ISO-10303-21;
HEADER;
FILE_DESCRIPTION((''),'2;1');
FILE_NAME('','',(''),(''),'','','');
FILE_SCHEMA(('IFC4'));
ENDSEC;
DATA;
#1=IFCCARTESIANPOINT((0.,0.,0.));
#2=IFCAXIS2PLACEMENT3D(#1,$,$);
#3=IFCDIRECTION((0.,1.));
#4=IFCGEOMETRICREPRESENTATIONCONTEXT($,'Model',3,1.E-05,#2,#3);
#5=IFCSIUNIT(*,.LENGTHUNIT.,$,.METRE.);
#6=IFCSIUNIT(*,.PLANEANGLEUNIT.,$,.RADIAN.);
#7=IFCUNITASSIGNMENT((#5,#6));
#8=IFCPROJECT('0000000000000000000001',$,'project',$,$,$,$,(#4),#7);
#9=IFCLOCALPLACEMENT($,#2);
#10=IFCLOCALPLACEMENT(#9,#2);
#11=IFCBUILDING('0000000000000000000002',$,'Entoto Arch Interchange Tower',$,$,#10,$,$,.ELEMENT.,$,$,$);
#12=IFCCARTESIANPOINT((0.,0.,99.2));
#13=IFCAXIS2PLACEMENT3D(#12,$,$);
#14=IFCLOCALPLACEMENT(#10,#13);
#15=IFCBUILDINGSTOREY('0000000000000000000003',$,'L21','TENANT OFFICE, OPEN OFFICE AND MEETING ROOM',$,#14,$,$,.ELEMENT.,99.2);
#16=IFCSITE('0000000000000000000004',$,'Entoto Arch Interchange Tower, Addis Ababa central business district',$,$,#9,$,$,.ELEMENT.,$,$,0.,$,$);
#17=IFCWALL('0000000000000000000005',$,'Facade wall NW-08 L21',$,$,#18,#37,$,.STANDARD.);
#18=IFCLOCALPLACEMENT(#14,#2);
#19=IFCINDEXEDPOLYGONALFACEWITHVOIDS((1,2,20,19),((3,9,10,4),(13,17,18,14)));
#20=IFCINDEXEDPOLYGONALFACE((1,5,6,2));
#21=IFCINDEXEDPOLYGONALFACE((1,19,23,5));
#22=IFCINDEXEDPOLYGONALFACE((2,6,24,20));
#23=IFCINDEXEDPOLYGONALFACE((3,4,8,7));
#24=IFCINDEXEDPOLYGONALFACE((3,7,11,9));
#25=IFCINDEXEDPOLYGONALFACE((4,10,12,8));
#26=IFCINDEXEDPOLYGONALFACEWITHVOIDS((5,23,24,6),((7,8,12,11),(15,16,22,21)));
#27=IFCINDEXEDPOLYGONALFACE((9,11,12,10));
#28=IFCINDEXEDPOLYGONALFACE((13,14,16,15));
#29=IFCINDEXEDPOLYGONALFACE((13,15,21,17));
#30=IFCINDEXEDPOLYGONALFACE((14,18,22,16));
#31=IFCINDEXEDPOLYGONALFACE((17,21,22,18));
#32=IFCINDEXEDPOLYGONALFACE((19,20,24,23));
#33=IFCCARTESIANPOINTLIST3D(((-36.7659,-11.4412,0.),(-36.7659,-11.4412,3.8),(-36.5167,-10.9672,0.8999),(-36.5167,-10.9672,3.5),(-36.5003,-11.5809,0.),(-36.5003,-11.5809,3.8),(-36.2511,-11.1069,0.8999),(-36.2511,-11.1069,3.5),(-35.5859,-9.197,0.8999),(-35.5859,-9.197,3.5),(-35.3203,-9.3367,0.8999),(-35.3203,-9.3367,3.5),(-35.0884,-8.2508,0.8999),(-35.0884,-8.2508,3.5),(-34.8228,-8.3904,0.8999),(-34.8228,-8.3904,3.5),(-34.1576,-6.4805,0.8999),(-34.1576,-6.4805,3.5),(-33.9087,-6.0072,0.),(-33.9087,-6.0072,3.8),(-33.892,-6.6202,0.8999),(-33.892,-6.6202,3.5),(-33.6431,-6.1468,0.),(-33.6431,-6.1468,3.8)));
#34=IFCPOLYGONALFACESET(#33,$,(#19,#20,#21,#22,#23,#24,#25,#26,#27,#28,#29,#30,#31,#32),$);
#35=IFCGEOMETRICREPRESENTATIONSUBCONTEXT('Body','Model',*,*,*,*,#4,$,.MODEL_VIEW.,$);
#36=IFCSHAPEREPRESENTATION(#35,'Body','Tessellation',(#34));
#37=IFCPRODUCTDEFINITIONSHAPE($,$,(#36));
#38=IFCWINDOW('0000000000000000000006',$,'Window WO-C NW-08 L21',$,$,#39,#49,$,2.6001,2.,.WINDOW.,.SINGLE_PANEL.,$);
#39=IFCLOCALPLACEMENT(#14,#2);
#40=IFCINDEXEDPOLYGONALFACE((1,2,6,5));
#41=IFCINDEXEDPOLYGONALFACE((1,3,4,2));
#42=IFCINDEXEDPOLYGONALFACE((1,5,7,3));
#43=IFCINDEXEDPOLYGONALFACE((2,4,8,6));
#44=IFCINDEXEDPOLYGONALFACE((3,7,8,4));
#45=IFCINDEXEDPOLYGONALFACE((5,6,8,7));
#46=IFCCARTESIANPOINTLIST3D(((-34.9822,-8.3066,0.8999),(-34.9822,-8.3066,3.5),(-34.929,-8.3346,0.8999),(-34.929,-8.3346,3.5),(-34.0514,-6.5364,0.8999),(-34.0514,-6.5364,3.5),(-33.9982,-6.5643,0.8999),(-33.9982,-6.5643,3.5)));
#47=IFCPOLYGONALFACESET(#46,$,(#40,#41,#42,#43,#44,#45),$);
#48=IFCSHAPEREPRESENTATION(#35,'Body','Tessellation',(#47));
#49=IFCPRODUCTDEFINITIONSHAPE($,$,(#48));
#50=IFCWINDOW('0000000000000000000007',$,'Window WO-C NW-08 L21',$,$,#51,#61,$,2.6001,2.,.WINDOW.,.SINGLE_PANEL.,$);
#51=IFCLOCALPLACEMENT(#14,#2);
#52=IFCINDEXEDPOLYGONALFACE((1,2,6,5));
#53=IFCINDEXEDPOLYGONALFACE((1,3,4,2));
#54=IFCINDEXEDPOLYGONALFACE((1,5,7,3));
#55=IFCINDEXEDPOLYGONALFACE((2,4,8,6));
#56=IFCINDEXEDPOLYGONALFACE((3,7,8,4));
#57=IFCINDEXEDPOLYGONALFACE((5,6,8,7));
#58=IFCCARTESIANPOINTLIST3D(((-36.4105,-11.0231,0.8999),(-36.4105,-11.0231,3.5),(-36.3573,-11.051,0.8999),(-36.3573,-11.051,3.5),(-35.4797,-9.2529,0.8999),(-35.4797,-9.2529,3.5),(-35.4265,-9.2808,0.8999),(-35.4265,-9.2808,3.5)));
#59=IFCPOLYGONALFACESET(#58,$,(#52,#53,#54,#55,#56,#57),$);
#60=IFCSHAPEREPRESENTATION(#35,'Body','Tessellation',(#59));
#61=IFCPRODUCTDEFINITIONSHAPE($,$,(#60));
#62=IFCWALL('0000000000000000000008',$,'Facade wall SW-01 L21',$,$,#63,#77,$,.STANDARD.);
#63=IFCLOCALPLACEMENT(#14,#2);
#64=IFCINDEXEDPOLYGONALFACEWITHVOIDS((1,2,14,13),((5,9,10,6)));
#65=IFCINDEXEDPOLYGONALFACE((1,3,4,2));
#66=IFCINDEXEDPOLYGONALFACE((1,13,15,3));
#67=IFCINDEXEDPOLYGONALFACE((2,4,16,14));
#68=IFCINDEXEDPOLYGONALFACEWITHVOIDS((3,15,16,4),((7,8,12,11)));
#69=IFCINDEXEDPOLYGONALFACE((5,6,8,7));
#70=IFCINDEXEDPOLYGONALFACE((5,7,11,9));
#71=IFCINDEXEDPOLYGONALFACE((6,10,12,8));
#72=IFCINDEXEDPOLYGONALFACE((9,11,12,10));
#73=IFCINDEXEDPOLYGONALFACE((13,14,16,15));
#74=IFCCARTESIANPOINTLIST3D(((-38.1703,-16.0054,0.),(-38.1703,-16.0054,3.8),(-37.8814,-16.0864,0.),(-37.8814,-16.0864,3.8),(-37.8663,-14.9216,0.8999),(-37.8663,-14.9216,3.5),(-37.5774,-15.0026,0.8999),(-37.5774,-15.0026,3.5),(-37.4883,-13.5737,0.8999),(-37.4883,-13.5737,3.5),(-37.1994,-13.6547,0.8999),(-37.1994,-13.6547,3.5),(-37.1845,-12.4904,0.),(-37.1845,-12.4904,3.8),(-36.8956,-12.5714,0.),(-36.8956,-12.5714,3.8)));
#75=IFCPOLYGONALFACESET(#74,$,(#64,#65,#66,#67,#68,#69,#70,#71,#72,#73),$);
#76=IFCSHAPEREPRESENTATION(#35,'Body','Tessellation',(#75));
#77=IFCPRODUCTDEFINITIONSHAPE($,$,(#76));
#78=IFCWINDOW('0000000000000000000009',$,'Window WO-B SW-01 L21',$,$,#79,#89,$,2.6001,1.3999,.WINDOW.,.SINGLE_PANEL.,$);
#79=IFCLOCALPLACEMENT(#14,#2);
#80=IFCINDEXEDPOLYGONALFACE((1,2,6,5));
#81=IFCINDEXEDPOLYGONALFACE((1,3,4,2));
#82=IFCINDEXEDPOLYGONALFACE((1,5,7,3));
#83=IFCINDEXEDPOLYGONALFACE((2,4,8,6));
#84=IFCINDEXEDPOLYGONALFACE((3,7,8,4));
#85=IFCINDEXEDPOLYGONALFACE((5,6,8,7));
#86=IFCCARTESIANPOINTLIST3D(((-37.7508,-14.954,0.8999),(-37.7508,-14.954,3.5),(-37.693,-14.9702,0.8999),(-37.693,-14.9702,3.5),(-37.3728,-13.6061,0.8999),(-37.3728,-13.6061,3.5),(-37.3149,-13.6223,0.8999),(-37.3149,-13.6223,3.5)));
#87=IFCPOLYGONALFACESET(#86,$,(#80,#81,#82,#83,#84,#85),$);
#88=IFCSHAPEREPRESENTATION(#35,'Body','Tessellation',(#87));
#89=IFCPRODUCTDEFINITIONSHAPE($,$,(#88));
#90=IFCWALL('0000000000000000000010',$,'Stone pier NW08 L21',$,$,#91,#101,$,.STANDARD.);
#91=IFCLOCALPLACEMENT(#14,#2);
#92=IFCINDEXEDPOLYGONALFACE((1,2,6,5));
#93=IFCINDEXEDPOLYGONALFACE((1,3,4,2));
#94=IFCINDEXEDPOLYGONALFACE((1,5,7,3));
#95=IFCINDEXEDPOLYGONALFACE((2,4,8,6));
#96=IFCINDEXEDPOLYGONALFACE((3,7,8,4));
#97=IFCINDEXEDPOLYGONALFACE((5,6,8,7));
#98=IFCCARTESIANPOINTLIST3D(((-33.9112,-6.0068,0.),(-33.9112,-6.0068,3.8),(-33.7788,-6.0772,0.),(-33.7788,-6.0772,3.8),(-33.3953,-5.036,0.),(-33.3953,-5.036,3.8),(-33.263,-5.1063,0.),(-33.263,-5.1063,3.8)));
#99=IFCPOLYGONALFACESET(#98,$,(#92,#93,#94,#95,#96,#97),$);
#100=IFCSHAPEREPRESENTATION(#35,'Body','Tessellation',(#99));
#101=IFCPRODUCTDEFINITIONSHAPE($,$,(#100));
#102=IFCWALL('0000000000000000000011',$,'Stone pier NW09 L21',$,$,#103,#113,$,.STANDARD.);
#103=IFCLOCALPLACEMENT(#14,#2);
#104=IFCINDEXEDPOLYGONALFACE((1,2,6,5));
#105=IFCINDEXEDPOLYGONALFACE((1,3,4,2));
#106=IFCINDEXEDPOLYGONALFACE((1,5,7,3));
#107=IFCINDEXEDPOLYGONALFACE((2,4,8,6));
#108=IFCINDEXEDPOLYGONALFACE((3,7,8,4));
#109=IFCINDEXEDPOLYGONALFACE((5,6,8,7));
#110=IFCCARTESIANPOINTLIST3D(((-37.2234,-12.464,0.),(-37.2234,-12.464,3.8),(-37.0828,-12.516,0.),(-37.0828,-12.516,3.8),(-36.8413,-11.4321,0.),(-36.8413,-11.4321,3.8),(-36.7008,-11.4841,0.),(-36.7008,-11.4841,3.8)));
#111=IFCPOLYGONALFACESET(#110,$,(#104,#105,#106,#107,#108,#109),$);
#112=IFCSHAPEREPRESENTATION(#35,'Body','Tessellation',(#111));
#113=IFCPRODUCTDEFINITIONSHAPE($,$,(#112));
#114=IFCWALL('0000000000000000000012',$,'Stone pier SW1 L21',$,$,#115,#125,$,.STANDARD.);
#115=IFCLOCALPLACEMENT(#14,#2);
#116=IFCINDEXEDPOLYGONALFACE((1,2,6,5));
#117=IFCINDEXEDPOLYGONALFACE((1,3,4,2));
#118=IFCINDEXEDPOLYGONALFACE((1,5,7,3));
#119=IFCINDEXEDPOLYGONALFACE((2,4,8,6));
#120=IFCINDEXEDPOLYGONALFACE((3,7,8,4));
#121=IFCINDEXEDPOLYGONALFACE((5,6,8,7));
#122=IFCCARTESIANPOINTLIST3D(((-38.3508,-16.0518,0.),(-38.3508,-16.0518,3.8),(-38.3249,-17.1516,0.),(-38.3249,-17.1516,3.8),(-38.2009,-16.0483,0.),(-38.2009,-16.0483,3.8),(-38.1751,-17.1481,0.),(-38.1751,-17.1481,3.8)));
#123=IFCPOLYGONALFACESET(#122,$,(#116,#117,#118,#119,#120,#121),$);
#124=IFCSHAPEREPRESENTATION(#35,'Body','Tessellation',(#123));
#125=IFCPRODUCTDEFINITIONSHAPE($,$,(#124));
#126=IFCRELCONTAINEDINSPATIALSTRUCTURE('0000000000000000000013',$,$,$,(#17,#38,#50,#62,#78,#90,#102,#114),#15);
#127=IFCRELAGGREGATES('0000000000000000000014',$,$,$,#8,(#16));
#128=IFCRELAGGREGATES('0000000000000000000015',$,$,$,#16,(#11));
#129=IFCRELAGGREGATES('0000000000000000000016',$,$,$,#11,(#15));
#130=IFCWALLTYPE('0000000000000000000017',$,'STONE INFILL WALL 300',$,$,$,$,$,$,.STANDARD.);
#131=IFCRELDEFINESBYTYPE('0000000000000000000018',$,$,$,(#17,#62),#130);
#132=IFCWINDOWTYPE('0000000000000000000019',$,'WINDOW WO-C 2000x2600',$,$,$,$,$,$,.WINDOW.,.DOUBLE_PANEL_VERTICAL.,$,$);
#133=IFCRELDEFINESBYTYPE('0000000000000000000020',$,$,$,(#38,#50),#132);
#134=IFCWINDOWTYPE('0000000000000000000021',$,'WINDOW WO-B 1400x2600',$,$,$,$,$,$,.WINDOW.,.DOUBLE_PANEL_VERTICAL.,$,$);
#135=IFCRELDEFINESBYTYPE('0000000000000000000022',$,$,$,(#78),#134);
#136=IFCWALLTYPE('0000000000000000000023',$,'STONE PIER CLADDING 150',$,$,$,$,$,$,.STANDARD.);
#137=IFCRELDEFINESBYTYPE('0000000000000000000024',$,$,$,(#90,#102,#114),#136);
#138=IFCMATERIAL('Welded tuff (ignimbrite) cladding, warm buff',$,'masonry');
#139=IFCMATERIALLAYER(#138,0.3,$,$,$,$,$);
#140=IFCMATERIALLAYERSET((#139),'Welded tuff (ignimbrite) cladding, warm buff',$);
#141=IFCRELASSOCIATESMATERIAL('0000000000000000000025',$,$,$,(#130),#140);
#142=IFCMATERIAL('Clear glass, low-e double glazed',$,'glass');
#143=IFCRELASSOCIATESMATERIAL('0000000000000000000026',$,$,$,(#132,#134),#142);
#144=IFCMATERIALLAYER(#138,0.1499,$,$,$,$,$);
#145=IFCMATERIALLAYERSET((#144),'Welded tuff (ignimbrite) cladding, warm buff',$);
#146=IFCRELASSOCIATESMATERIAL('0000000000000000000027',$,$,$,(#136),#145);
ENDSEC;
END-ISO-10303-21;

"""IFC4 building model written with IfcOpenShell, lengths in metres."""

from ifc_helpers import new_model, si_unit, direction, frame, frame_2d, origin, place, context, subcontext, project, spatial, rectangle, extrude, material, layer, layer_set, type_object, element, fill, save


model = new_model("IFC4")

# Units and contexts
model_context = context("Model", 3, precision=1e-05, world=origin(), true_north=direction((0.0, 1.0)))
body_context = subcontext(model_context, "Body", "Model", "MODEL_VIEW")
ifc_project = project(units=[si_unit("LENGTHUNIT", "METRE"), si_unit("PLANEANGLEUNIT", "RADIAN")], contexts=[model_context])

# Site, building, storey
site_placement = place(None, origin())
site = spatial("IfcSite", under=ifc_project, at=site_placement, Name="Entoto Arch Interchange Tower, Addis Ababa central business district", CompositionType="ELEMENT", RefElevation=0.0)
building_placement = place(site_placement, origin())
building = spatial("IfcBuilding", under=site, at=building_placement, Name="Entoto Arch Interchange Tower", CompositionType="ELEMENT")
storey_placement = place(building_placement, frame((0.0, 0.0, 99.2)))
storey = spatial("IfcBuildingStorey", under=building, at=storey_placement, Name="L21", Description="TENANT OFFICE, OPEN OFFICE AND MEETING ROOM", CompositionType="ELEMENT", Elevation=99.2)

# Wall, openings, windows
ifc_material_1 = material(Name="Welded tuff (ignimbrite) cladding, warm buff", Category="masonry")
ifc_layer_1 = layer(ifc_material_1, 0.3)
ifc_layer_set_1 = layer_set([ifc_layer_1], Name="Welded tuff (ignimbrite) cladding, warm buff")
wall_type_1 = type_object("IfcWallType", Name="STONE INFILL WALL 300", PredefinedType="STANDARD", material=ifc_layer_set_1)
wall_1_placement = place(storey_placement, frame((-33.7759, -6.0769, 0.0), z_axis=(0.0, 0.0, 1.0), x_axis=(-0.465381, -0.885111, 0.0)))
wall_1 = element("IfcWall", 1, at=wall_1_placement, inside=storey, type_object=wall_type_1, Name="Facade wall NW-08 L21", PredefinedType="STANDARD", context=body_context, shape_type="SweptSolid", body=[
    extrude(rectangle(XDim=6.1394, YDim=0.3, at=frame_2d((3.0698, 0.0))), origin(), (0.0, 0.0, 1.0), 3.8),
])
opening_1_placement = place(wall_1_placement, frame((0.5349, 0.0, 0.8999)))
opening_1 = element("IfcOpeningElement", 2, at=opening_1_placement, cuts=wall_1, PredefinedType="OPENING", context=body_context, shape_type="SweptSolid", body=[
    extrude(rectangle(XDim=2.0, YDim=2.6001, at=frame_2d((1.0, 1.3))), frame((0.0, 0.1602, 0.0), z_axis=(0.0, -1.0, 0.0), x_axis=(1.0, 0.0, 0.0)), (0.0, 0.0, 1.0), 0.3201),
])
opening_2_placement = place(wall_1_placement, frame((3.604, 0.0, 0.8999)))
opening_2 = element("IfcOpeningElement", 3, at=opening_2_placement, cuts=wall_1, PredefinedType="OPENING", context=body_context, shape_type="SweptSolid", body=[
    extrude(rectangle(XDim=2.0, YDim=2.6001, at=frame_2d((1.0, 1.3))), frame((0.0, 0.1602, 0.0), z_axis=(0.0, -1.0, 0.0), x_axis=(1.0, 0.0, 0.0)), (0.0, 0.0, 1.0), 0.3201),
])
ifc_material_2 = material(Name="Clear glass, low-e double glazed", Category="glass")
window_type_1 = type_object("IfcWindowType", Name="WINDOW WO-C 2000x2600", PartitioningType="DOUBLE_PANEL_VERTICAL", PredefinedType="WINDOW", material=ifc_material_2)
window_1_placement = place(opening_1_placement, origin())
window_1 = element("IfcWindow", 4, at=window_1_placement, inside=storey, type_object=window_type_1, Name="Window WO-C NW-08 L21", OverallHeight=2.6001, OverallWidth=2.0, PartitioningType="SINGLE_PANEL", PredefinedType="WINDOW", context=body_context, shape_type="SweptSolid", body=[
    extrude(rectangle(XDim=2.0, YDim=2.6001, at=frame_2d((1.0, 1.3))), frame((0.0, 0.03, 0.0), z_axis=(0.0, -1.0, 0.0), x_axis=(1.0, 0.0, 0.0)), (0.0, 0.0, 1.0), 0.0601),
])
fill(opening_1, window_1)
window_2_placement = place(opening_2_placement, origin())
window_2 = element("IfcWindow", 5, at=window_2_placement, inside=storey, type_object=window_type_1, Name="Window WO-C NW-08 L21", OverallHeight=2.6001, OverallWidth=2.0, PartitioningType="SINGLE_PANEL", PredefinedType="WINDOW", context=body_context, shape_type="SweptSolid", body=[
    extrude(rectangle(XDim=2.0, YDim=2.6001, at=frame_2d((1.0, 1.3))), frame((0.0, 0.03, 0.0), z_axis=(0.0, -1.0, 0.0), x_axis=(1.0, 0.0, 0.0)), (0.0, 0.0, 1.0), 0.0601),
])
fill(opening_2, window_2)

# Wall, opening, window
wall_2_placement = place(storey_placement, frame((-37.04, -12.531, 0.0), z_axis=(0.0, 0.0, 1.0), x_axis=(-0.270054, -0.962845, 0.0)))
wall_2 = element("IfcWall", 6, at=wall_2_placement, inside=storey, type_object=wall_type_1, Name="Facade wall SW-01 L21", PredefinedType="STANDARD", context=body_context, shape_type="SweptSolid", body=[
    extrude(rectangle(XDim=3.6506, YDim=0.3, at=frame_2d((1.8252, 0.0))), origin(), (0.0, 0.0, 1.0), 3.8),
])
opening_3_placement = place(wall_2_placement, frame((1.125, 0.0, 0.8999)))
opening_3 = element("IfcOpeningElement", 7, at=opening_3_placement, cuts=wall_2, PredefinedType="OPENING", context=body_context, shape_type="SweptSolid", body=[
    extrude(rectangle(XDim=1.3999, YDim=2.6001, at=frame_2d((0.7, 1.3))), frame((0.0, 0.1602, 0.0), z_axis=(0.0, -1.0, 0.0), x_axis=(1.0, 0.0, 0.0)), (0.0, 0.0, 1.0), 0.3201),
])
window_type_2 = type_object("IfcWindowType", Name="WINDOW WO-B 1400x2600", PartitioningType="DOUBLE_PANEL_VERTICAL", PredefinedType="WINDOW", material=ifc_material_2)
window_3_placement = place(opening_3_placement, origin())
window_3 = element("IfcWindow", 8, at=window_3_placement, inside=storey, type_object=window_type_2, Name="Window WO-B SW-01 L21", OverallHeight=2.6001, OverallWidth=1.3999, PartitioningType="SINGLE_PANEL", PredefinedType="WINDOW", context=body_context, shape_type="SweptSolid", body=[
    extrude(rectangle(XDim=1.3999, YDim=2.6001, at=frame_2d((0.7, 1.3))), frame((0.0, 0.03, 0.0), z_axis=(0.0, -1.0, 0.0), x_axis=(1.0, 0.0, 0.0)), (0.0, 0.0, 1.0), 0.0601),
])
fill(opening_3, window_3)

# Walls
ifc_layer_2 = layer(ifc_material_1, 0.1499)
ifc_layer_set_2 = layer_set([ifc_layer_2], Name="Welded tuff (ignimbrite) cladding, warm buff")
wall_type_2 = type_object("IfcWallType", Name="STONE PIER CLADDING 150", PredefinedType="STANDARD", material=ifc_layer_set_2)
wall_3_placement = place(storey_placement, frame((-33.3291, -5.071, 0.0), z_axis=(0.0, 0.0, 1.0), x_axis=(-0.469193, -0.883096, 0.0)))
element("IfcWall", 9, at=wall_3_placement, inside=storey, type_object=wall_type_2, Name="Stone pier NW08 L21", PredefinedType="STANDARD", context=body_context, shape_type="SweptSolid", body=[
    extrude(rectangle(XDim=1.0994, YDim=0.1499, at=frame_2d((0.5498, 0.0))), origin(), (0.0, 0.0, 1.0), 3.8),
])
wall_4_placement = place(storey_placement, frame((-36.771, -11.458, 0.0), z_axis=(0.0, 0.0, 1.0), x_axis=(-0.347206, -0.937789, 0.0)))
element("IfcWall", 10, at=wall_4_placement, inside=storey, type_object=wall_type_2, Name="Stone pier NW09 L21", PredefinedType="STANDARD", context=body_context, shape_type="SweptSolid", body=[
    extrude(rectangle(XDim=1.1003, YDim=0.1499, at=frame_2d((0.5503, 0.0))), origin(), (0.0, 0.0, 1.0), 3.8),
])
wall_5_placement = place(storey_placement, frame((-38.2759, -16.05, 0.0), z_axis=(0.0, 0.0, 1.0), x_axis=(0.023523, -0.999723, 0.0)))
element("IfcWall", 11, at=wall_5_placement, inside=storey, type_object=wall_type_2, Name="Stone pier SW1 L21", PredefinedType="STANDARD", context=body_context, shape_type="SweptSolid", body=[
    extrude(rectangle(XDim=1.1001, YDim=0.1499, at=frame_2d((0.55, 0.0))), origin(), (0.0, 0.0, 1.0), 3.8),
])

save(model, "model.ifc")
